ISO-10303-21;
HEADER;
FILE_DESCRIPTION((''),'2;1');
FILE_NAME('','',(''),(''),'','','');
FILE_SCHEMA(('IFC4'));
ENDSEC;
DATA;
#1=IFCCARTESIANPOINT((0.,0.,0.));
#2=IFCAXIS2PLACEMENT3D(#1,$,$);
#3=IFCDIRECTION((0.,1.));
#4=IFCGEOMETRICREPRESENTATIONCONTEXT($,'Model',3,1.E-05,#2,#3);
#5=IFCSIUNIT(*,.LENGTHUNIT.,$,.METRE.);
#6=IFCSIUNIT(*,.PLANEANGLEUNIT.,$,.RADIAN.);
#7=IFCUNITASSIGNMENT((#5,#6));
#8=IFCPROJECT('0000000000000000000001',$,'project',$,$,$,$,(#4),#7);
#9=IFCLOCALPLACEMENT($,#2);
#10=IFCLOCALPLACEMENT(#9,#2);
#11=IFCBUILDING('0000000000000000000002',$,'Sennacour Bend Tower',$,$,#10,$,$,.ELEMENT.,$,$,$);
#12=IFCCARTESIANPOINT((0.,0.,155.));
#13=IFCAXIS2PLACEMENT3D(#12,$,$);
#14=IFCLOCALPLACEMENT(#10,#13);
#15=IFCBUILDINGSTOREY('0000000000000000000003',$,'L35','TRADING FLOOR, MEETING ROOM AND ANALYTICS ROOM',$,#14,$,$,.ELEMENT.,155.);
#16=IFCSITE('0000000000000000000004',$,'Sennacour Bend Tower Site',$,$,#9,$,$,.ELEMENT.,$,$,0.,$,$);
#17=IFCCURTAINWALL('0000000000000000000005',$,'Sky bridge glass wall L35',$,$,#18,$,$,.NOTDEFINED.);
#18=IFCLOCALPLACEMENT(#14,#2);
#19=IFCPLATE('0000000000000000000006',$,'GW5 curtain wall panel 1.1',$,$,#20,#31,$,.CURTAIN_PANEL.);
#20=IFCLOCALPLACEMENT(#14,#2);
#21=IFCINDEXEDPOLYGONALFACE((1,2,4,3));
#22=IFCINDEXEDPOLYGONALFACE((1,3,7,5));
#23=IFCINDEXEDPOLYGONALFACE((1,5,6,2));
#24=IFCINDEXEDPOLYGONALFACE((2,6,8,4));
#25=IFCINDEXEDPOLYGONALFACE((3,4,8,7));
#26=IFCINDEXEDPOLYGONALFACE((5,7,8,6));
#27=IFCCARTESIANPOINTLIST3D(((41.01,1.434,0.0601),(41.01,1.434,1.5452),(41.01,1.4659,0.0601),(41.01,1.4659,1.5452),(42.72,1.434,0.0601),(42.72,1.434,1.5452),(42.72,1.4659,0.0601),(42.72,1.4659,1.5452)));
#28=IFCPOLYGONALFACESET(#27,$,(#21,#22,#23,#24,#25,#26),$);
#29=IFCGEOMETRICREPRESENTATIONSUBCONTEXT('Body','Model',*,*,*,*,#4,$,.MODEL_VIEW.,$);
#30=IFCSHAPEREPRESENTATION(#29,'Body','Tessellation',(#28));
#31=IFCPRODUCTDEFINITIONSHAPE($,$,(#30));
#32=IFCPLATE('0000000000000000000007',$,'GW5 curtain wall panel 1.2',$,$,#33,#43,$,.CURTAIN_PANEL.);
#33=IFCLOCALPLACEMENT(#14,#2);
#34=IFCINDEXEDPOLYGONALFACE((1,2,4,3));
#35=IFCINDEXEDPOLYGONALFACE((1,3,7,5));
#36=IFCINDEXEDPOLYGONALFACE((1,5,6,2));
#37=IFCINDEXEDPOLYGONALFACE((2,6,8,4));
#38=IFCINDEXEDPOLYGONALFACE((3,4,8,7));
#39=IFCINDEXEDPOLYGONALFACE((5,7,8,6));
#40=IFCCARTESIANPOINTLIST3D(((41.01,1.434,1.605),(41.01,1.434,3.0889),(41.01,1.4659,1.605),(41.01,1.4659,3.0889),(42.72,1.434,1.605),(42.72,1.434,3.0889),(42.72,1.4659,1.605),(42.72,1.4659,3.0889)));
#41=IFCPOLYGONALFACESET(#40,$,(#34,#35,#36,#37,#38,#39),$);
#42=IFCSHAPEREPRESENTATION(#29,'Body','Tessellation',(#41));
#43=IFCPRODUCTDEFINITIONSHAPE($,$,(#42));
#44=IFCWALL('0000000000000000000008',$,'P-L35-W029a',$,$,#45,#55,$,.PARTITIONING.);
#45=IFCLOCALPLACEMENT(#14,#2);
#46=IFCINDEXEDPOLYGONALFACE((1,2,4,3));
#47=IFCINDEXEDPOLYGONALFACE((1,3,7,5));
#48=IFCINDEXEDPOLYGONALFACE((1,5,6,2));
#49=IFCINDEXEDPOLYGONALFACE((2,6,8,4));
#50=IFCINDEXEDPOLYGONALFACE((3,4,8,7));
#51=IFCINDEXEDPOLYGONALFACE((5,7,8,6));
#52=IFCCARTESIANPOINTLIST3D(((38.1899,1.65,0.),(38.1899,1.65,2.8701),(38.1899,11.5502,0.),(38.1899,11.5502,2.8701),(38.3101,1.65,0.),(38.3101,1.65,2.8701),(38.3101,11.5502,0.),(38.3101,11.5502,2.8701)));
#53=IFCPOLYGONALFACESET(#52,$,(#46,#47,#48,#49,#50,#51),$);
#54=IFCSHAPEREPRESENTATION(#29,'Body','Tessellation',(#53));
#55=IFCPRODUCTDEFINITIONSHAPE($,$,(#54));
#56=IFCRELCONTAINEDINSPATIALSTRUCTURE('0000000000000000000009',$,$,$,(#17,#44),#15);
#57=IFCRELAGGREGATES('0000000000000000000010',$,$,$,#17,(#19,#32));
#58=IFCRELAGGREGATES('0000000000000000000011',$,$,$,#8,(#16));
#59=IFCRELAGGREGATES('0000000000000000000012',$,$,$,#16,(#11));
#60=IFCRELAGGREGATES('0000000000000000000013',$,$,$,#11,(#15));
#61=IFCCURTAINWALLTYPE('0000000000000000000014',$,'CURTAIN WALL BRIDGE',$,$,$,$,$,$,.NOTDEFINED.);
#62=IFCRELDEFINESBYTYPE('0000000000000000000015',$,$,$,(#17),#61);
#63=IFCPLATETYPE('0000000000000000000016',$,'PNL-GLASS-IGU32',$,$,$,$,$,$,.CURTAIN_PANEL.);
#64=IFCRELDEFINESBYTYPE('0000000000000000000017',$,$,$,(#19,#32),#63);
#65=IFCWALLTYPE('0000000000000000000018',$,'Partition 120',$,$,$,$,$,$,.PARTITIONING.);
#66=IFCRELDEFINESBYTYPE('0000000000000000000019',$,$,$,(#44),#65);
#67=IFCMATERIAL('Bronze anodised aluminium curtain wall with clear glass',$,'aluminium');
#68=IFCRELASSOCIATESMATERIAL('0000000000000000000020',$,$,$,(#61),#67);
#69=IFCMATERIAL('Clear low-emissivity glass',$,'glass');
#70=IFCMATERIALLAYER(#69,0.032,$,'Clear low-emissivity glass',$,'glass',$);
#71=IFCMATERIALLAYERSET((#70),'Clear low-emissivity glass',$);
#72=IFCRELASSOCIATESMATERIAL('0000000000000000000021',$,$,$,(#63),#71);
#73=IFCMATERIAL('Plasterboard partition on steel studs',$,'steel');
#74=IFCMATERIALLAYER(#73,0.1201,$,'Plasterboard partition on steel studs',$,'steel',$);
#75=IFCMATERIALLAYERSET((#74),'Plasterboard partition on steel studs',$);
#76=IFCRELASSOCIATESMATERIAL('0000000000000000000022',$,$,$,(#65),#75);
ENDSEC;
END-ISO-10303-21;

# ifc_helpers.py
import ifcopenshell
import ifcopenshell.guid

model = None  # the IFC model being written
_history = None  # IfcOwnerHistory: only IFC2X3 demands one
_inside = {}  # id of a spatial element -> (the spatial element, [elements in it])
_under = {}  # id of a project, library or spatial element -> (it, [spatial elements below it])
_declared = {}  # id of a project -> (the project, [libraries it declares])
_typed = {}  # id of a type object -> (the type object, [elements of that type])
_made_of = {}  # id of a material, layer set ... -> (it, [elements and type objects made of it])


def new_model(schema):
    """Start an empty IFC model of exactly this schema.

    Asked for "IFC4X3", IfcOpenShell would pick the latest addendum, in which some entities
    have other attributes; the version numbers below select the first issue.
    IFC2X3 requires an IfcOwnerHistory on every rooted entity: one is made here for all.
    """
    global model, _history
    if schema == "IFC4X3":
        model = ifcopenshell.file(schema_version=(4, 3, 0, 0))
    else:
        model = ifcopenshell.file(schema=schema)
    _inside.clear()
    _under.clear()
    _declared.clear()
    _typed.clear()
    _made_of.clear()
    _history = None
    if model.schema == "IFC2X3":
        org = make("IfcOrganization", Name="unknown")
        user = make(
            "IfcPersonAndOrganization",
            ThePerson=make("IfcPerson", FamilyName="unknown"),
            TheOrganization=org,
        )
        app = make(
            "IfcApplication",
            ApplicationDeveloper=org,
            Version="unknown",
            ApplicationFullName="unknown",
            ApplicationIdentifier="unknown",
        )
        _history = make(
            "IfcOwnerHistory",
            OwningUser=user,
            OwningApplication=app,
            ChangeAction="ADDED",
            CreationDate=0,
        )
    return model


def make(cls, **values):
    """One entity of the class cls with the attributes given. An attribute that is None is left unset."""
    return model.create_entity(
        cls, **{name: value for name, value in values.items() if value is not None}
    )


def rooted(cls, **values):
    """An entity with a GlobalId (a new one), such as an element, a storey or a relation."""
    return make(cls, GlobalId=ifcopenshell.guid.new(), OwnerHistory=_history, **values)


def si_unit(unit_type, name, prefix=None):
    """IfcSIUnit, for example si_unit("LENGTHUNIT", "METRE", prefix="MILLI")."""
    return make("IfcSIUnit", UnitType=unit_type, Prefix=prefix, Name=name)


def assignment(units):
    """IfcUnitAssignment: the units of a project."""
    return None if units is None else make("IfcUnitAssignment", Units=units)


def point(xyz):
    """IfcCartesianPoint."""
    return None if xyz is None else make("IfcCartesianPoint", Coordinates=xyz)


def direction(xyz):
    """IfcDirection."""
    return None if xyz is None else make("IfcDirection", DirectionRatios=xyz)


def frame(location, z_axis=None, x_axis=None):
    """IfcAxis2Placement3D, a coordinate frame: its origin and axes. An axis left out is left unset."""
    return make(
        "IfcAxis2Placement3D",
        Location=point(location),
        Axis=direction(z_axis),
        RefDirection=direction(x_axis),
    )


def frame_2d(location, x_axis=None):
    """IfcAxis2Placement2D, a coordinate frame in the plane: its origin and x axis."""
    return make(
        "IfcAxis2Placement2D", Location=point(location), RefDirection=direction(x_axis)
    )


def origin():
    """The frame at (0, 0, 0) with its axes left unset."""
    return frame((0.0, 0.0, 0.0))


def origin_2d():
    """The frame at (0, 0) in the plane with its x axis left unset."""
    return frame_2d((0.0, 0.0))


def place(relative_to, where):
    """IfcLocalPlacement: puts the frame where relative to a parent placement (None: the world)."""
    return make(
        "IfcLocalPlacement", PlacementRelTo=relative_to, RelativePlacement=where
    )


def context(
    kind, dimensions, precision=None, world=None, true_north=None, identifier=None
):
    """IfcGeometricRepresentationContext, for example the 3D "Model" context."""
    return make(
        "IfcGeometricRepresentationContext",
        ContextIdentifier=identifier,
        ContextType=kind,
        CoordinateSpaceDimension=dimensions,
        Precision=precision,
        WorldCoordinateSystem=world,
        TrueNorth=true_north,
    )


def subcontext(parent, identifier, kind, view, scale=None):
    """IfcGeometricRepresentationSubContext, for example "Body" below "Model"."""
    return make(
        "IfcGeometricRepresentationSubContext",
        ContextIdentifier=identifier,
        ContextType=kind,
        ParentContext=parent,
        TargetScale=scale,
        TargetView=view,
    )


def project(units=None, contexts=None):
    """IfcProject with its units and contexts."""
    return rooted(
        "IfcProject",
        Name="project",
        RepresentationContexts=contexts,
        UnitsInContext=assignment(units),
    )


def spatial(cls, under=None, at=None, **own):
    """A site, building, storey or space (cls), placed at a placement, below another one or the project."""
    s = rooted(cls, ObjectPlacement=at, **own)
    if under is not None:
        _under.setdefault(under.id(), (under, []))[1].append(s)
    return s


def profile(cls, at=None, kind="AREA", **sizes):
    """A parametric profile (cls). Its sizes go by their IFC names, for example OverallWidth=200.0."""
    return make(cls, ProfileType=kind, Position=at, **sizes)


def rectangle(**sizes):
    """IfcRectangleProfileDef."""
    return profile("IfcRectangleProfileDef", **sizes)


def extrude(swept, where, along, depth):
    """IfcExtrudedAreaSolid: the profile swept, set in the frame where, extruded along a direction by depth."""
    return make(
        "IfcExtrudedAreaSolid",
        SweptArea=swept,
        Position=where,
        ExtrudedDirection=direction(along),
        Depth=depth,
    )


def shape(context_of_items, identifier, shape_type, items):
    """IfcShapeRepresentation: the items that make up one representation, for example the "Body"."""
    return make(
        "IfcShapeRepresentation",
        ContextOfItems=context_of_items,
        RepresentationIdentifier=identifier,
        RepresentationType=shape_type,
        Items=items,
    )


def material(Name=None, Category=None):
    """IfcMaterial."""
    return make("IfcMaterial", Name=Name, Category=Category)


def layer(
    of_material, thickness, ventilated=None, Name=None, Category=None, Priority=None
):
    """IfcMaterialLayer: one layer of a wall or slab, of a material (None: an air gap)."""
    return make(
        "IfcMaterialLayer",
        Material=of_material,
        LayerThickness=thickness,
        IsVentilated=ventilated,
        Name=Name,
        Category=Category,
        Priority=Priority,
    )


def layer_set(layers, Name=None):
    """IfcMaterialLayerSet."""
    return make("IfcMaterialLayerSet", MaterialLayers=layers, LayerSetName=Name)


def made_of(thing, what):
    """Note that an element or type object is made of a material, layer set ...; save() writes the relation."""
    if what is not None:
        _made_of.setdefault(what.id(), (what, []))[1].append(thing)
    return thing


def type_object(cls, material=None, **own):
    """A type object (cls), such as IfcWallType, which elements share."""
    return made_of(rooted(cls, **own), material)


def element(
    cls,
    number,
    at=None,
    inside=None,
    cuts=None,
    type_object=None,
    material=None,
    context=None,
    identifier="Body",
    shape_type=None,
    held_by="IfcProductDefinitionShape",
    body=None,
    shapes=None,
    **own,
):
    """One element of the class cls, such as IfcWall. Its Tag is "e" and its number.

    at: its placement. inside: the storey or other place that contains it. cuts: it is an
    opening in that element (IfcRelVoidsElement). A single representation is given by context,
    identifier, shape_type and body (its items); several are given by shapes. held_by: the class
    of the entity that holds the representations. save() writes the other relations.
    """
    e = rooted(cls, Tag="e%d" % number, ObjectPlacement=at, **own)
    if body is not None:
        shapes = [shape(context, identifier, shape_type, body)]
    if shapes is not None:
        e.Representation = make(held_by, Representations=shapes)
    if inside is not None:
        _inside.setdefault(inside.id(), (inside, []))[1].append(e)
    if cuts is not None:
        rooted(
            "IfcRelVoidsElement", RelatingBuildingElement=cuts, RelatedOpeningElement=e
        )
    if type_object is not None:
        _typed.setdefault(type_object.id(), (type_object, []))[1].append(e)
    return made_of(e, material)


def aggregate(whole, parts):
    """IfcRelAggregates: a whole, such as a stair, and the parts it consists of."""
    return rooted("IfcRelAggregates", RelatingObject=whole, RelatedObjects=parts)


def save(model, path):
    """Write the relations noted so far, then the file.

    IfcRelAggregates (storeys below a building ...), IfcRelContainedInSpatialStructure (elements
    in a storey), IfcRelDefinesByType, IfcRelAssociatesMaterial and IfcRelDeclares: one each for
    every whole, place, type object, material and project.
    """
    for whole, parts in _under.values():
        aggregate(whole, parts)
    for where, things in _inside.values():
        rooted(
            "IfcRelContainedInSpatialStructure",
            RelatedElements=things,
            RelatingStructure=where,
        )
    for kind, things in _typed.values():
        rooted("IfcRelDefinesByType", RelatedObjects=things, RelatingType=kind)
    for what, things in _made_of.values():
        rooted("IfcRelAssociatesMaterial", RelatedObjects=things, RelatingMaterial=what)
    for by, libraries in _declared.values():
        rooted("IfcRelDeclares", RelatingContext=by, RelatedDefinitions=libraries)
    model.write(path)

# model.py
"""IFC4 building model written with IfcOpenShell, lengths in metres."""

from ifc_helpers import new_model, si_unit, direction, frame, frame_2d, origin, origin_2d, place, context, subcontext, project, spatial, rectangle, extrude, material, layer, layer_set, type_object, element, aggregate, save


model = new_model("IFC4")

# Units and contexts
model_context = context("Model", 3, precision=1e-05, world=origin(), true_north=direction((0.0, 1.0)))
body_context = subcontext(model_context, "Body", "Model", "MODEL_VIEW")
ifc_project = project(units=[si_unit("LENGTHUNIT", "METRE"), si_unit("PLANEANGLEUNIT", "RADIAN")], contexts=[model_context])

# Site, building, storey
site_placement = place(None, origin())
site = spatial("IfcSite", under=ifc_project, at=site_placement, Name="Sennacour Bend Tower Site", CompositionType="ELEMENT", RefElevation=0.0)
building_placement = place(site_placement, origin())
building = spatial("IfcBuilding", under=site, at=building_placement, Name="Sennacour Bend Tower", CompositionType="ELEMENT")
storey_placement = place(building_placement, frame((0.0, 0.0, 155.0)))
storey = spatial("IfcBuildingStorey", under=building, at=storey_placement, Name="L35", Description="TRADING FLOOR, MEETING ROOM AND ANALYTICS ROOM", CompositionType="ELEMENT", Elevation=155.0)

# Curtain wall
ifc_material_1 = material(Name="Bronze anodised aluminium curtain wall with clear glass", Category="aluminium")
curtain_wall_type = type_object("IfcCurtainWallType", Name="CURTAIN WALL BRIDGE", PredefinedType="NOTDEFINED", material=ifc_material_1)
curtain_wall_1_placement = place(storey_placement, origin())
curtain_wall_1 = element("IfcCurtainWall", 1, at=curtain_wall_1_placement, inside=storey, type_object=curtain_wall_type, Name="Sky bridge glass wall L35", PredefinedType="NOTDEFINED")

# Plates
ifc_material_2 = material(Name="Clear low-emissivity glass", Category="glass")
ifc_layer_1 = layer(ifc_material_2, 0.032, Name="Clear low-emissivity glass", Category="glass")
ifc_layer_set_1 = layer_set([ifc_layer_1], Name="Clear low-emissivity glass")
plate_type = type_object("IfcPlateType", Name="PNL-GLASS-IGU32", PredefinedType="CURTAIN_PANEL", material=ifc_layer_set_1)
plate_1_placement = place(storey_placement, frame((41.865, 1.45, 0.0601), z_axis=(0.0, 0.0, 1.0), x_axis=(1.0, 0.0, 0.0)))
plate_1 = element("IfcPlate", 2, at=plate_1_placement, type_object=plate_type, Name="GW5 curtain wall panel 1.1", PredefinedType="CURTAIN_PANEL", context=body_context, shape_type="SweptSolid", body=[
    extrude(rectangle(XDim=1.71, YDim=0.032, at=origin_2d()), origin(), (0.0, 0.0, 1.0), 1.4851),
])
plate_2_placement = place(storey_placement, frame((41.865, 1.45, 1.605), z_axis=(0.0, 0.0, 1.0), x_axis=(1.0, 0.0, 0.0)))
plate_2 = element("IfcPlate", 3, at=plate_2_placement, type_object=plate_type, Name="GW5 curtain wall panel 1.2", PredefinedType="CURTAIN_PANEL", context=body_context, shape_type="SweptSolid", body=[
    extrude(rectangle(XDim=1.71, YDim=0.032, at=origin_2d()), origin(), (0.0, 0.0, 1.0), 1.4839),
])
aggregate(curtain_wall_1, [plate_1, plate_2])

# Wall
ifc_material_3 = material(Name="Plasterboard partition on steel studs", Category="steel")
ifc_layer_2 = layer(ifc_material_3, 0.1201, Name="Plasterboard partition on steel studs", Category="steel")
ifc_layer_set_2 = layer_set([ifc_layer_2], Name="Plasterboard partition on steel studs")
wall_type = type_object("IfcWallType", Name="Partition 120", PredefinedType="PARTITIONING", material=ifc_layer_set_2)
wall_placement = place(storey_placement, frame((38.25, 1.6499, 0.0), z_axis=(0.0, 0.0, 1.0), x_axis=(0.0, 1.0, 0.0)))
element("IfcWall", 4, at=wall_placement, inside=storey, type_object=wall_type, Name="P-L35-W029a", PredefinedType="PARTITIONING", context=body_context, shape_type="SweptSolid", body=[
    extrude(rectangle(XDim=9.9001, YDim=0.1201, at=frame_2d((4.9502, 0.0))), origin(), (0.0, 0.0, 1.0), 2.8701),
])

save(model, "model.ifc")
